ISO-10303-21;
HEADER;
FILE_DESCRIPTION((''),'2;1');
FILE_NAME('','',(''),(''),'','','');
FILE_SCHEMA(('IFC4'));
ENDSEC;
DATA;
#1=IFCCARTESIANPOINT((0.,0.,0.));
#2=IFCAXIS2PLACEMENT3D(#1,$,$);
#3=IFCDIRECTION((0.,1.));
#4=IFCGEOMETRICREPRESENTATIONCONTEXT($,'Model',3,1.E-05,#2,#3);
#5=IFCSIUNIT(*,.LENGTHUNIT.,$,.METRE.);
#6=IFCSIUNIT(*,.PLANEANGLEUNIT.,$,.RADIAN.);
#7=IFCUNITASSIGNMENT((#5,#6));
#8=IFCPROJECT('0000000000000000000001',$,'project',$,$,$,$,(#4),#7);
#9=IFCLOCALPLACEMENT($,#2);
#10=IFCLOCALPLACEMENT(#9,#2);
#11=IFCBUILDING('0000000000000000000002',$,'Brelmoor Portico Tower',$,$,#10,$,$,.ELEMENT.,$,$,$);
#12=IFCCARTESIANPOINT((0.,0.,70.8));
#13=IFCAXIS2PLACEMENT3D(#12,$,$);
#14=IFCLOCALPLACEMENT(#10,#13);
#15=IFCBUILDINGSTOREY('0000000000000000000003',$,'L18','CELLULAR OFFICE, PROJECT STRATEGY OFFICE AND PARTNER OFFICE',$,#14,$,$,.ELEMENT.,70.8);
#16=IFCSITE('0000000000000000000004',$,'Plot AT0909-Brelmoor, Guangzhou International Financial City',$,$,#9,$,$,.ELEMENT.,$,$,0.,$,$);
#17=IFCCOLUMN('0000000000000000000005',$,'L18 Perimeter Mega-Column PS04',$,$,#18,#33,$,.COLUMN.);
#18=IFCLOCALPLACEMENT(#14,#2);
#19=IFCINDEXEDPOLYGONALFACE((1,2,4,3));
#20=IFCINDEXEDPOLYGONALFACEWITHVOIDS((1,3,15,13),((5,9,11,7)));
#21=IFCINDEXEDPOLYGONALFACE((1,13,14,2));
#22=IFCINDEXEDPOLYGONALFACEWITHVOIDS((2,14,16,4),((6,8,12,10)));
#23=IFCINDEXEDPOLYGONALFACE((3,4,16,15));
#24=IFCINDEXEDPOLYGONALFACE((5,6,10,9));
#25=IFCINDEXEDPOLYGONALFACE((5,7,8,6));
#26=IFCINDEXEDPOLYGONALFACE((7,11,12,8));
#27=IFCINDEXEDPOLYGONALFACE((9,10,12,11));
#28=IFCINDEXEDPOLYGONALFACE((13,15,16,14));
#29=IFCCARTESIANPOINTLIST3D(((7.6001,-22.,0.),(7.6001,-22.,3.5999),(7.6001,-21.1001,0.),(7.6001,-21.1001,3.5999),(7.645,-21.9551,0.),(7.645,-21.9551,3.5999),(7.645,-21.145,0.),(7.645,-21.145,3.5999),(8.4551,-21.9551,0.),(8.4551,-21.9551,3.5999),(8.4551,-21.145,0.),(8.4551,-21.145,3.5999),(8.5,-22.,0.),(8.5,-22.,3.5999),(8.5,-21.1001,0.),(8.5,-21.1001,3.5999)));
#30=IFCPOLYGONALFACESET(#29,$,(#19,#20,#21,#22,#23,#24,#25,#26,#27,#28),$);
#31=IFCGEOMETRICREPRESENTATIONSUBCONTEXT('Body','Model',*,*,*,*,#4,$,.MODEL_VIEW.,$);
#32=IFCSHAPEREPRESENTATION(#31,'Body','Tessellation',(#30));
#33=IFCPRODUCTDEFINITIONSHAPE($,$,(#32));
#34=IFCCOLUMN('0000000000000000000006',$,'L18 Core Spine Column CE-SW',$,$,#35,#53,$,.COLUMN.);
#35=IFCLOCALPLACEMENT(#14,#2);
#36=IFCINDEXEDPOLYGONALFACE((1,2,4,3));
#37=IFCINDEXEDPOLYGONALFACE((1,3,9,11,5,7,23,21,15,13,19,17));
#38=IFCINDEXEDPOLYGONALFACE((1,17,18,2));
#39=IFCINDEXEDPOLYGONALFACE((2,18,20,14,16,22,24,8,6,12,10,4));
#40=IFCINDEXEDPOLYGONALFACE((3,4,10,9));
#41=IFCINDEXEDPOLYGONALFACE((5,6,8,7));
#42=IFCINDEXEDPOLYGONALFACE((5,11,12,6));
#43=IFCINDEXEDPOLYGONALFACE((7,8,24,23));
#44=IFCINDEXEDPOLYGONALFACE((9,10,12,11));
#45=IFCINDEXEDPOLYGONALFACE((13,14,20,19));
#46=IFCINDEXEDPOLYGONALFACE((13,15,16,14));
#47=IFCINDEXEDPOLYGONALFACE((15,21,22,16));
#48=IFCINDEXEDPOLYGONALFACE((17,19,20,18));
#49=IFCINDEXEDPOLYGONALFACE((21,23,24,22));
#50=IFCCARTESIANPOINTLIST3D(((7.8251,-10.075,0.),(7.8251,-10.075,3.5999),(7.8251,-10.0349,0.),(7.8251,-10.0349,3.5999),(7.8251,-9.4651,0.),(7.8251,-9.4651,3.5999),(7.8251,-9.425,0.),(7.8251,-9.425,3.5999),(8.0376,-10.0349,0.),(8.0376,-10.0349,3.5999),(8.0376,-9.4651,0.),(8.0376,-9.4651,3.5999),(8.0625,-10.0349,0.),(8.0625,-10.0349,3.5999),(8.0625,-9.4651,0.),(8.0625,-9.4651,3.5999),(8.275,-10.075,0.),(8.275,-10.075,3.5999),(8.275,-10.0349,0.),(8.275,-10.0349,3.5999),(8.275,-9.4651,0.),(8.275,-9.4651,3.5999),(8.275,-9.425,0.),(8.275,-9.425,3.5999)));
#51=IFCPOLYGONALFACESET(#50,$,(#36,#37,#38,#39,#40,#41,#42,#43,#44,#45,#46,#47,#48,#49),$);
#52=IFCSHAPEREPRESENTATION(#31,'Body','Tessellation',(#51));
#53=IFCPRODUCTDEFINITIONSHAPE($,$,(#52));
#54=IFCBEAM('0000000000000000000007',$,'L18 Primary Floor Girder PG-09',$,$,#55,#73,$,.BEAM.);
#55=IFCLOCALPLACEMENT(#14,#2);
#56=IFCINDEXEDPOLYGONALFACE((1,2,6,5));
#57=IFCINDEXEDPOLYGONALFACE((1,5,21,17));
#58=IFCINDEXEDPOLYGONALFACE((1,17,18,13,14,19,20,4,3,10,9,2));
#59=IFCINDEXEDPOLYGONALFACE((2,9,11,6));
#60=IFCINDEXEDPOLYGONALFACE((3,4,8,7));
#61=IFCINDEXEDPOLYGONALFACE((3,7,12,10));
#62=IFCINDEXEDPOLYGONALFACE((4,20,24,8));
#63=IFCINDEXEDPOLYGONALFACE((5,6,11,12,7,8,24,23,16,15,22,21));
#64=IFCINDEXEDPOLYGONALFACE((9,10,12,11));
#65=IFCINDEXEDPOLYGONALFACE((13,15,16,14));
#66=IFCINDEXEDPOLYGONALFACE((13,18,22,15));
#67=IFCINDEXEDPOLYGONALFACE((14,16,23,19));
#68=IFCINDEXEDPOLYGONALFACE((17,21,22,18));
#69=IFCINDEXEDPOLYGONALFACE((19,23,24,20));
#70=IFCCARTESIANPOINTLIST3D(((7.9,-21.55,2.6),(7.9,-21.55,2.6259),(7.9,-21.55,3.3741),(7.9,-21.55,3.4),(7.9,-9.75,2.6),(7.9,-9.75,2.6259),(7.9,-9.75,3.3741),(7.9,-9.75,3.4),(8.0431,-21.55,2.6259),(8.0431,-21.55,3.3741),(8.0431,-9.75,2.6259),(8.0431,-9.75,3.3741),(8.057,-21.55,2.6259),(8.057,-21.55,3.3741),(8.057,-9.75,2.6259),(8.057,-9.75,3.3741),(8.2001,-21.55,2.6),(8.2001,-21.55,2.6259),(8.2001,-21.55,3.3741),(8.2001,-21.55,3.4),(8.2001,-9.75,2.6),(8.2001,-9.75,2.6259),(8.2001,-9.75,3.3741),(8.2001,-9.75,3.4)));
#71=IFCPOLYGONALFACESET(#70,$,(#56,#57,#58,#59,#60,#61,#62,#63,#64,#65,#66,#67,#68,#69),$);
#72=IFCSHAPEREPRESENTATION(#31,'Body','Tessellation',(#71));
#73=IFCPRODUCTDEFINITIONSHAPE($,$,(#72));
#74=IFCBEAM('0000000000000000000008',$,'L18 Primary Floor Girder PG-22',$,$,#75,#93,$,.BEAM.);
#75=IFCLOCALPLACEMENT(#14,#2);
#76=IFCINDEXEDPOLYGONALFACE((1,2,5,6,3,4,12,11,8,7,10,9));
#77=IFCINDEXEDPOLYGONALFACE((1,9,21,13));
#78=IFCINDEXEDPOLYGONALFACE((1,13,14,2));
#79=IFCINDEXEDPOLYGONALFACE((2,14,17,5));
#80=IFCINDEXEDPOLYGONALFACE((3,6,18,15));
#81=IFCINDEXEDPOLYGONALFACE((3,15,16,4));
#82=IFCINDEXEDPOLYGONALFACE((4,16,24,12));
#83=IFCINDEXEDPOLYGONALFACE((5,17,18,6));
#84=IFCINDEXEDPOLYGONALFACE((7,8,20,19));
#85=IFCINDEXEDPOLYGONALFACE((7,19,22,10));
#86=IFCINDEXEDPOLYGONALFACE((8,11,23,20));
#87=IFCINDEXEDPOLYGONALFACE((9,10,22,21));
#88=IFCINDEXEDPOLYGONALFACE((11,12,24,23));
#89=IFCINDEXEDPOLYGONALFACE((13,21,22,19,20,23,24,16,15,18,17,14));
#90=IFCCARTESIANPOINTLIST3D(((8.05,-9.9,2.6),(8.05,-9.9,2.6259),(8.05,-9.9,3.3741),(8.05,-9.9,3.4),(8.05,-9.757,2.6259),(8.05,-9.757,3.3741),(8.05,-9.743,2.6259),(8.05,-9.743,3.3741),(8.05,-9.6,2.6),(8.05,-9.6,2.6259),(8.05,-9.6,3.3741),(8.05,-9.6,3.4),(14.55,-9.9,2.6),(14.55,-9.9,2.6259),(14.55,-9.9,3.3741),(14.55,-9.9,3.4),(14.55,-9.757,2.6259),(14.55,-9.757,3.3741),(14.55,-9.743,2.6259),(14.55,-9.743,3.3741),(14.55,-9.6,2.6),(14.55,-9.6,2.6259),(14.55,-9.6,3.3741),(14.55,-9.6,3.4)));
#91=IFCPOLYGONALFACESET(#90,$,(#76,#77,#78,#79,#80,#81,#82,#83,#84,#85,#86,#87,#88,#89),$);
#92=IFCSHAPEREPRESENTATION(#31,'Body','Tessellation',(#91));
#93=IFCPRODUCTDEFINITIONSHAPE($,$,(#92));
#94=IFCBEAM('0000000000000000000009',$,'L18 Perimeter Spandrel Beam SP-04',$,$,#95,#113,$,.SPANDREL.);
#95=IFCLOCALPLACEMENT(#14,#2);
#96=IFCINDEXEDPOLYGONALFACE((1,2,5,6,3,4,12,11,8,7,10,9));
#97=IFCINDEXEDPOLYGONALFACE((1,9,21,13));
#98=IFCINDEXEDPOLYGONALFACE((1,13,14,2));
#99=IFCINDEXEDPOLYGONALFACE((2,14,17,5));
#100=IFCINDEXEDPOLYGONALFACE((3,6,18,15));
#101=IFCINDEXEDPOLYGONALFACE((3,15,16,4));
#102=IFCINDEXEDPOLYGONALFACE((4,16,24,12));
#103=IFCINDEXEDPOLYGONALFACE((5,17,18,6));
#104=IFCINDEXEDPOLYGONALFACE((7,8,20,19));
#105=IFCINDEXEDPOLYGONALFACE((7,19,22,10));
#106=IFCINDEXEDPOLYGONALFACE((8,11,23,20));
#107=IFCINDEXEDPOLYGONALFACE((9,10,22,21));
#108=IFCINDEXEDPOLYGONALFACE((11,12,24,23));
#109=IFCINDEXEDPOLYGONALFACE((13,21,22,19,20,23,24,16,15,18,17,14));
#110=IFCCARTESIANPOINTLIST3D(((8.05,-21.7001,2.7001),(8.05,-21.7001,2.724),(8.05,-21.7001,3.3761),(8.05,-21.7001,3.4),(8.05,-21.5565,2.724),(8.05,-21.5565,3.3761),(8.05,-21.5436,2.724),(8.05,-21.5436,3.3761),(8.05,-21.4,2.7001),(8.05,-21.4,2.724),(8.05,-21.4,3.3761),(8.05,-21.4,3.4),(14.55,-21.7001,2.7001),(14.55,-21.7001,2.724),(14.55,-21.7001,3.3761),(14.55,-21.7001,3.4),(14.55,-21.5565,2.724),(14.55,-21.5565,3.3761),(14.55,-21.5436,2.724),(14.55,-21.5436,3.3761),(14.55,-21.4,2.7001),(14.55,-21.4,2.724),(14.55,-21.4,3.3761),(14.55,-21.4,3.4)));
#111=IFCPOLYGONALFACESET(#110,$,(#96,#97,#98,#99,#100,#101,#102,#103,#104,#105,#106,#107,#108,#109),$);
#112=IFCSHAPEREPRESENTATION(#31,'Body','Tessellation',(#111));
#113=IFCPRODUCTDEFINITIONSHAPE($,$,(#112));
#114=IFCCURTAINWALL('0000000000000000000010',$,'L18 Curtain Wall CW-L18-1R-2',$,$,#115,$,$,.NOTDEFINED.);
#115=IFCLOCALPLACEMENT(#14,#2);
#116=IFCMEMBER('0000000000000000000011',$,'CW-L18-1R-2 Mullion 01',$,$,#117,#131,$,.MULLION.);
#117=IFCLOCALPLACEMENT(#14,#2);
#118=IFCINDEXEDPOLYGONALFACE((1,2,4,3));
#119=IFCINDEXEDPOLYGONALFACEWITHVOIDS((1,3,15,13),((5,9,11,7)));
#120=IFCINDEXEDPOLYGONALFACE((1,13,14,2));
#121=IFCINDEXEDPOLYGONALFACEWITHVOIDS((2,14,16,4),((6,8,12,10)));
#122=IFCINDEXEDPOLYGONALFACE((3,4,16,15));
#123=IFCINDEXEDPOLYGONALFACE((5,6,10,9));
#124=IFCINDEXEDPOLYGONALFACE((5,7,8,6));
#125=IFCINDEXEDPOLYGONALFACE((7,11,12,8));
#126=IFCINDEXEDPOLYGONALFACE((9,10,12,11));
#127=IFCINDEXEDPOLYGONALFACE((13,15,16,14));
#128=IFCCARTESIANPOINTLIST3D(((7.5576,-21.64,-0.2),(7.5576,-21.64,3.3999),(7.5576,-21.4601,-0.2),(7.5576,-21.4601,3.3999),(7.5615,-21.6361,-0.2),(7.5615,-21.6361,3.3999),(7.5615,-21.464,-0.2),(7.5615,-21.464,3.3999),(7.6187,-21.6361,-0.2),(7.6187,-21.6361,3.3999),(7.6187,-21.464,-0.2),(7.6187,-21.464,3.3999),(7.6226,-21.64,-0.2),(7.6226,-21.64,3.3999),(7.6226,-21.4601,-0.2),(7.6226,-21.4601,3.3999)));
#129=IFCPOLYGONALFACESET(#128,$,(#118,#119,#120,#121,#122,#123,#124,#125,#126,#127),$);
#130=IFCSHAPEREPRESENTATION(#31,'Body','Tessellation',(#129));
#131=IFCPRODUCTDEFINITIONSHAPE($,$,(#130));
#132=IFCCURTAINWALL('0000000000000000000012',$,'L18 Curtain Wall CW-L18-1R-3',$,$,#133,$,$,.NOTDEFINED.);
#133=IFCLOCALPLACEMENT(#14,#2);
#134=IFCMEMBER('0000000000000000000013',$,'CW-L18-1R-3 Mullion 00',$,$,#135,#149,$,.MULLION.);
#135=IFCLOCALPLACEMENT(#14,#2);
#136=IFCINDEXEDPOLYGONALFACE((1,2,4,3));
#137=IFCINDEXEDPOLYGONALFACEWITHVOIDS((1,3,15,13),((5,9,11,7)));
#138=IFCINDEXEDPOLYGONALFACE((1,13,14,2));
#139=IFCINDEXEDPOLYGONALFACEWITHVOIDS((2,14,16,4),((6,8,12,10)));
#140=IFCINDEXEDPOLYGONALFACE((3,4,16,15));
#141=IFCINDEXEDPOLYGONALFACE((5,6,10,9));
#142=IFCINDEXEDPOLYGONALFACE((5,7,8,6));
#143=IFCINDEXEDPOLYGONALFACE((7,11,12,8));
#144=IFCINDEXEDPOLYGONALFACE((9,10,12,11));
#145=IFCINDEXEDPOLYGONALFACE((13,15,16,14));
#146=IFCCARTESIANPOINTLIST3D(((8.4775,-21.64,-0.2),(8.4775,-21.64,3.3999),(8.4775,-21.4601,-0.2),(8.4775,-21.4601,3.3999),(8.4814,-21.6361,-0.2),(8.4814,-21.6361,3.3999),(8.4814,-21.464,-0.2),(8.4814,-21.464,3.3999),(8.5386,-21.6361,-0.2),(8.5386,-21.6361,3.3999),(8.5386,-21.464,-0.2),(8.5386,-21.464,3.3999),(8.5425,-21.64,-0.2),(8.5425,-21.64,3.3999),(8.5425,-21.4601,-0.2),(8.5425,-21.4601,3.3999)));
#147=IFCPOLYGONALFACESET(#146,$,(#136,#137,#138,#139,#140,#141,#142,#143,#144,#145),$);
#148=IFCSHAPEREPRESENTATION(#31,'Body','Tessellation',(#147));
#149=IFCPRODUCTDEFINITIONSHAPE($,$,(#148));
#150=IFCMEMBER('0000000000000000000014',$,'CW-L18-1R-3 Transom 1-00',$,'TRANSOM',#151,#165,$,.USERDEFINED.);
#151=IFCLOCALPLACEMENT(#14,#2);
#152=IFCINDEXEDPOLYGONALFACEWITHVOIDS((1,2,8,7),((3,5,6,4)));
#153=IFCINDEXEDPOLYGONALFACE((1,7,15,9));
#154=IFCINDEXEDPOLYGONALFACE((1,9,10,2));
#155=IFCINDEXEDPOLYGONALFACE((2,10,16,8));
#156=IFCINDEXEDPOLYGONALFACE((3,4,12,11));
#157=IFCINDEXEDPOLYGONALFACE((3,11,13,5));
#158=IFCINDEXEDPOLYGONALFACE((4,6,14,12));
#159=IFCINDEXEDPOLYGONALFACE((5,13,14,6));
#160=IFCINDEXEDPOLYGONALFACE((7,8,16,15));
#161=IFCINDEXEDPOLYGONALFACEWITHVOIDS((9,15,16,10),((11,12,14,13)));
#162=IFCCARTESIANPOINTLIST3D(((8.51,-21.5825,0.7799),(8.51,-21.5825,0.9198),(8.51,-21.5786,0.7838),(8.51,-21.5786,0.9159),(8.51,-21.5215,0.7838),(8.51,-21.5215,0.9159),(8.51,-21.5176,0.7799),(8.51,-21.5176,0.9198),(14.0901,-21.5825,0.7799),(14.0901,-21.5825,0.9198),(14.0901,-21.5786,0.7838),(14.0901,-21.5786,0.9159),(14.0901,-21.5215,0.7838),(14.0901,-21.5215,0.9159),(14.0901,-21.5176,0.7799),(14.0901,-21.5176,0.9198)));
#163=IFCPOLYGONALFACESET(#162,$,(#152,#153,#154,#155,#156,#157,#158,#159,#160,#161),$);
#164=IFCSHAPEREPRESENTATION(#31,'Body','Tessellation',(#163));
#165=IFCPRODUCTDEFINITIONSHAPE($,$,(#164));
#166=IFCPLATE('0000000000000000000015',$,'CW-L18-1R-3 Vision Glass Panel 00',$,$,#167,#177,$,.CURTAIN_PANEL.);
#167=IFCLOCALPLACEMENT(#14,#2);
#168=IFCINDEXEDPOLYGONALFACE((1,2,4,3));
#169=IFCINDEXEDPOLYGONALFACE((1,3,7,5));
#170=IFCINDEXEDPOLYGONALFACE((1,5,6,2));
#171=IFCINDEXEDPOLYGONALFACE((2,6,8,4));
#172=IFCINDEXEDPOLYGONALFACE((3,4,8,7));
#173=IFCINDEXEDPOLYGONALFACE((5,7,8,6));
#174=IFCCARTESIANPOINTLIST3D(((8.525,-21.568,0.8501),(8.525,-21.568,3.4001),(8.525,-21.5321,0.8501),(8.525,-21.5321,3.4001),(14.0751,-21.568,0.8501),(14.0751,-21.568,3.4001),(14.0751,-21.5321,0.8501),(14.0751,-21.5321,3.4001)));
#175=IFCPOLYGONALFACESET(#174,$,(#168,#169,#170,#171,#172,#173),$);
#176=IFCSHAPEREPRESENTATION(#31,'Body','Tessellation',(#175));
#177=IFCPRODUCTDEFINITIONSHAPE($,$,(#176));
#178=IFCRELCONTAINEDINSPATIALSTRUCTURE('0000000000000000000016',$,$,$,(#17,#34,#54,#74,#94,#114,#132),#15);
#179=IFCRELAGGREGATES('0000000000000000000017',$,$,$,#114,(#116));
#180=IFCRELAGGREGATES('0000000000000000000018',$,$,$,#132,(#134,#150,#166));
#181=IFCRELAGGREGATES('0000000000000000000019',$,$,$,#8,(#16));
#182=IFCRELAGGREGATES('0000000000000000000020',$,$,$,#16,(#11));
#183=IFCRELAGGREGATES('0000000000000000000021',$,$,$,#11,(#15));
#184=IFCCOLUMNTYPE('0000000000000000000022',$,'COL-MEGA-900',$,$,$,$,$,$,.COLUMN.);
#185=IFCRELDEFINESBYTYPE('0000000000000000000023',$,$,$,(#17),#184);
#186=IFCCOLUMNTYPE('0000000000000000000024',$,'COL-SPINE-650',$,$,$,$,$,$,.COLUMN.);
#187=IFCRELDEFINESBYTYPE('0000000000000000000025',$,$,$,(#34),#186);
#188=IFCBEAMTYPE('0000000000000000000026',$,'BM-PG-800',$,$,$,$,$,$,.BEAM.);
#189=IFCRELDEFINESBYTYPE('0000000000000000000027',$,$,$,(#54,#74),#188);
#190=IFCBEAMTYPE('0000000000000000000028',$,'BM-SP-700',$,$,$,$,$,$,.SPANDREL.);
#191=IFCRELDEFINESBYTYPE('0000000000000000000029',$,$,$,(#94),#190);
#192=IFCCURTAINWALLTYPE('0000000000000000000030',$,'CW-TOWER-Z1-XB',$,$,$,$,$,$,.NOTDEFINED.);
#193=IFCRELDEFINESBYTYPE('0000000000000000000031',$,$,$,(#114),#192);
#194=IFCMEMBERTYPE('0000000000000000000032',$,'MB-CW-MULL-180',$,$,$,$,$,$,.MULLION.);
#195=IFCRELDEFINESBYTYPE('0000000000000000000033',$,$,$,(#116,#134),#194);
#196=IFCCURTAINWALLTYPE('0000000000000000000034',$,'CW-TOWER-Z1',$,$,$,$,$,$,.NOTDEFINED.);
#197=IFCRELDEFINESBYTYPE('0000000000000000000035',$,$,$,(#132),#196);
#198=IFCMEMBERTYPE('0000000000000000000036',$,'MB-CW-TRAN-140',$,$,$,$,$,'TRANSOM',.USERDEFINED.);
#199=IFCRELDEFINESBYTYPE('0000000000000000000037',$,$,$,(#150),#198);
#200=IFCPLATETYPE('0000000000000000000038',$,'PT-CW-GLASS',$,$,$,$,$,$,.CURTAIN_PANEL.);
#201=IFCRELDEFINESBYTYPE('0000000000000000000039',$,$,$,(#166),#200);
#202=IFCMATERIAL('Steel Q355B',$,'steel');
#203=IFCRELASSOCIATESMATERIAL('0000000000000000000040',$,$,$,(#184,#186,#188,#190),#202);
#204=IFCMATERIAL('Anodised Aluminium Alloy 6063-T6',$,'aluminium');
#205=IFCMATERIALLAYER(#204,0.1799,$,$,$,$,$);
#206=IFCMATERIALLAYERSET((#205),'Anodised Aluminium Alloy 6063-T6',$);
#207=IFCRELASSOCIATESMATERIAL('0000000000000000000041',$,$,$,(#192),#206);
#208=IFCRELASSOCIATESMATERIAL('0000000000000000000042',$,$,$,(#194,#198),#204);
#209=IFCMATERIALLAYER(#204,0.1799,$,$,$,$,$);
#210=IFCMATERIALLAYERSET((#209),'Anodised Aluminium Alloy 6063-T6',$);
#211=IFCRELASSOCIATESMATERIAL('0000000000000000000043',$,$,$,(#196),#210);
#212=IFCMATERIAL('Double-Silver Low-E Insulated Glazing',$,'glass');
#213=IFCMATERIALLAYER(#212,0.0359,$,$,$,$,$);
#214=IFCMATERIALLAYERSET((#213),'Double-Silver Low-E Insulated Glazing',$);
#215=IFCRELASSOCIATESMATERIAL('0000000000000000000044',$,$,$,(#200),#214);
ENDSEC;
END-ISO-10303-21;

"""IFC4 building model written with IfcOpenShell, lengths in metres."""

from ifc_helpers import new_model, si_unit, direction, frame, origin, origin_2d, place, context, subcontext, project, spatial, rectangle, hollow_rectangle, i_section, extrude, material, layer, layer_set, material_profile, profile_set, type_object, element, aggregate, save


model = new_model("IFC4")

# Units and contexts
model_context = context("Model", 3, precision=1e-05, world=origin(), true_north=direction((0.0, 1.0)))
body_context = subcontext(model_context, "Body", "Model", "MODEL_VIEW")
ifc_project = project(units=[si_unit("LENGTHUNIT", "METRE"), si_unit("PLANEANGLEUNIT", "RADIAN")], contexts=[model_context])

# Site, building, storey
site_placement = place(None, origin())
site = spatial("IfcSite", under=ifc_project, at=site_placement, Name="Plot AT0909-Brelmoor, Guangzhou International Financial City", CompositionType="ELEMENT", RefElevation=0.0)
building_placement = place(site_placement, origin())
building = spatial("IfcBuilding", under=site, at=building_placement, Name="Brelmoor Portico Tower", CompositionType="ELEMENT")
storey_placement = place(building_placement, frame((0.0, 0.0, 70.8)))
storey = spatial("IfcBuildingStorey", under=building, at=storey_placement, Name="L18", Description="CELLULAR OFFICE, PROJECT STRATEGY OFFICE AND PARTNER OFFICE", CompositionType="ELEMENT", Elevation=70.8)

# Columns
ifc_material_1 = material(Name="Steel Q355B", Category="steel")
ifc_material_profile_1 = material_profile(ifc_material_1, hollow_rectangle(XDim=0.8999, YDim=0.8999, WallThickness=0.0449, at=origin_2d()), Name="BOX 900x900x45")
ifc_profile_set_1 = profile_set([ifc_material_profile_1], Name="Steel Q355B")
column_type_1 = type_object("IfcColumnType", Name="COL-MEGA-900", PredefinedType="COLUMN", material=ifc_profile_set_1)
column_1_placement = place(storey_placement, frame((8.05, -21.55, 0.0), z_axis=(0.0, 0.0, 1.0), x_axis=(1.0, 0.0, 0.0)))
element("IfcColumn", 1, at=column_1_placement, inside=storey, type_object=column_type_1, Name="L18 Perimeter Mega-Column PS04", PredefinedType="COLUMN", context=body_context, shape_type="SweptSolid", body=[
    extrude(hollow_rectangle(XDim=0.8999, YDim=0.8999, WallThickness=0.0449, at=origin_2d()), origin(), (0.0, 0.0, 1.0), 3.5999),
])
ifc_material_profile_2 = material_profile(ifc_material_1, i_section(OverallWidth=0.45, OverallDepth=0.6499, WebThickness=0.0249, FlangeThickness=0.04, at=origin_2d()), Name="HW 650x450x25x40")
ifc_profile_set_2 = profile_set([ifc_material_profile_2], Name="Steel Q355B")
column_type_2 = type_object("IfcColumnType", Name="COL-SPINE-650", PredefinedType="COLUMN", material=ifc_profile_set_2)
column_2_placement = place(storey_placement, frame((8.05, -9.75, 0.0), z_axis=(0.0, 0.0, 1.0), x_axis=(1.0, 0.0, 0.0)))
element("IfcColumn", 2, at=column_2_placement, inside=storey, type_object=column_type_2, Name="L18 Core Spine Column CE-SW", PredefinedType="COLUMN", context=body_context, shape_type="SweptSolid", body=[
    extrude(i_section(OverallWidth=0.45, OverallDepth=0.6499, WebThickness=0.0249, FlangeThickness=0.04, at=origin_2d()), origin(), (0.0, 0.0, 1.0), 3.5999),
])

# Beams
ifc_material_profile_3 = material_profile(ifc_material_1, i_section(OverallWidth=0.3, OverallDepth=0.8, WebThickness=0.0139, FlangeThickness=0.0259, at=origin_2d()), Name="HN 800x300x14x26")
ifc_profile_set_3 = profile_set([ifc_material_profile_3], Name="Steel Q355B")
beam_type_1 = type_object("IfcBeamType", Name="BM-PG-800", PredefinedType="BEAM", material=ifc_profile_set_3)
beam_1_placement = place(storey_placement, frame((8.05, -21.55, 3.0), z_axis=(0.0, 1.0, 0.0), x_axis=(-1.0, 0.0, 0.0)))
element("IfcBeam", 3, at=beam_1_placement, inside=storey, type_object=beam_type_1, Name="L18 Primary Floor Girder PG-09", PredefinedType="BEAM", context=body_context, shape_type="SweptSolid", body=[
    extrude(i_section(OverallWidth=0.3, OverallDepth=0.8, WebThickness=0.0139, FlangeThickness=0.0259, at=origin_2d()), origin(), (0.0, 0.0, 1.0), 11.8),
])
beam_2_placement = place(storey_placement, frame((8.05, -9.75, 3.0), z_axis=(1.0, 0.0, 0.0), x_axis=(0.0, 1.0, 0.0)))
element("IfcBeam", 4, at=beam_2_placement, inside=storey, type_object=beam_type_1, Name="L18 Primary Floor Girder PG-22", PredefinedType="BEAM", context=body_context, shape_type="SweptSolid", body=[
    extrude(i_section(OverallWidth=0.3, OverallDepth=0.8, WebThickness=0.0139, FlangeThickness=0.0259, at=origin_2d()), origin(), (0.0, 0.0, 1.0), 6.5),
])
ifc_material_profile_4 = material_profile(ifc_material_1, i_section(OverallWidth=0.3, OverallDepth=0.7, WebThickness=0.0129, FlangeThickness=0.0239, at=origin_2d()), Name="HN 700x300x13x24")
ifc_profile_set_4 = profile_set([ifc_material_profile_4], Name="Steel Q355B")
beam_type_2 = type_object("IfcBeamType", Name="BM-SP-700", PredefinedType="SPANDREL", material=ifc_profile_set_4)
beam_3_placement = place(storey_placement, frame((8.05, -21.55, 3.05), z_axis=(1.0, 0.0, 0.0), x_axis=(0.0, 1.0, 0.0)))
element("IfcBeam", 5, at=beam_3_placement, inside=storey, type_object=beam_type_2, Name="L18 Perimeter Spandrel Beam SP-04", PredefinedType="SPANDREL", context=body_context, shape_type="SweptSolid", body=[
    extrude(i_section(OverallWidth=0.3, OverallDepth=0.7, WebThickness=0.0129, FlangeThickness=0.0239, at=origin_2d()), origin(), (0.0, 0.0, 1.0), 6.5),
])

# Curtain wall, member
ifc_material_2 = material(Name="Anodised Aluminium Alloy 6063-T6", Category="aluminium")
ifc_layer_1 = layer(ifc_material_2, 0.1799)
ifc_layer_set_1 = layer_set([ifc_layer_1], Name="Anodised Aluminium Alloy 6063-T6")
curtain_wall_type_1 = type_object("IfcCurtainWallType", Name="CW-TOWER-Z1-XB", PredefinedType="NOTDEFINED", material=ifc_layer_set_1)
curtain_wall_1_placement = place(storey_placement, origin())
curtain_wall_1 = element("IfcCurtainWall", 6, at=curtain_wall_1_placement, inside=storey, type_object=curtain_wall_type_1, Name="L18 Curtain Wall CW-L18-1R-2", PredefinedType="NOTDEFINED")
ifc_material_profile_5 = material_profile(ifc_material_2, hollow_rectangle(XDim=0.0649, YDim=0.1799, WallThickness=0.0039, at=origin_2d()), Name="ALU MULLION 65x180")
ifc_profile_set_5 = profile_set([ifc_material_profile_5], Name="Anodised Aluminium Alloy 6063-T6")
member_type_1 = type_object("IfcMemberType", Name="MB-CW-MULL-180", PredefinedType="MULLION", material=ifc_profile_set_5)
member_1_placement = place(storey_placement, frame((7.5901, -21.55, -0.2), z_axis=(0.0, 0.0, 1.0), x_axis=(1.0, 0.0, 0.0)))
member_1 = element("IfcMember", 7, at=member_1_placement, type_object=member_type_1, Name="CW-L18-1R-2 Mullion 01", PredefinedType="MULLION", context=body_context, shape_type="SweptSolid", body=[
    extrude(hollow_rectangle(XDim=0.0649, YDim=0.1799, WallThickness=0.0039, at=origin_2d()), origin(), (0.0, 0.0, 1.0), 3.5999),
])

# Curtain wall, members, plate
ifc_layer_2 = layer(ifc_material_2, 0.1799)
ifc_layer_set_2 = layer_set([ifc_layer_2], Name="Anodised Aluminium Alloy 6063-T6")
curtain_wall_type_2 = type_object("IfcCurtainWallType", Name="CW-TOWER-Z1", PredefinedType="NOTDEFINED", material=ifc_layer_set_2)
curtain_wall_2_placement = place(storey_placement, origin())
curtain_wall_2 = element("IfcCurtainWall", 8, at=curtain_wall_2_placement, inside=storey, type_object=curtain_wall_type_2, Name="L18 Curtain Wall CW-L18-1R-3", PredefinedType="NOTDEFINED")
member_2_placement = place(storey_placement, frame((8.51, -21.55, -0.2), z_axis=(0.0, 0.0, 1.0), x_axis=(1.0, 0.0, 0.0)))
member_2 = element("IfcMember", 9, at=member_2_placement, type_object=member_type_1, Name="CW-L18-1R-3 Mullion 00", PredefinedType="MULLION", context=body_context, shape_type="SweptSolid", body=[
    extrude(hollow_rectangle(XDim=0.0649, YDim=0.1799, WallThickness=0.0039, at=origin_2d()), origin(), (0.0, 0.0, 1.0), 3.5999),
])
ifc_material_profile_6 = material_profile(ifc_material_2, hollow_rectangle(XDim=0.0649, YDim=0.1399, WallThickness=0.0039, at=origin_2d()), Name="ALU TRANSOM 65x140")
ifc_profile_set_6 = profile_set([ifc_material_profile_6], Name="Anodised Aluminium Alloy 6063-T6")
member_type_2 = type_object("IfcMemberType", Name="MB-CW-TRAN-140", ElementType="TRANSOM", PredefinedType="USERDEFINED", material=ifc_profile_set_6)
member_3_placement = place(storey_placement, frame((8.51, -21.55, 0.8499), z_axis=(1.0, 0.0, 0.0), x_axis=(0.0, 1.0, 0.0)))
member_3 = element("IfcMember", 10, at=member_3_placement, type_object=member_type_2, Name="CW-L18-1R-3 Transom 1-00", ObjectType="TRANSOM", PredefinedType="USERDEFINED", context=body_context, shape_type="SweptSolid", body=[
    extrude(hollow_rectangle(XDim=0.0649, YDim=0.1399, WallThickness=0.0039, at=origin_2d()), origin(), (0.0, 0.0, 1.0), 5.5801),
])
ifc_material_3 = material(Name="Double-Silver Low-E Insulated Glazing", Category="glass")
ifc_layer_3 = layer(ifc_material_3, 0.0359)
ifc_layer_set_3 = layer_set([ifc_layer_3], Name="Double-Silver Low-E Insulated Glazing")
plate_type_1 = type_object("IfcPlateType", Name="PT-CW-GLASS", PredefinedType="CURTAIN_PANEL", material=ifc_layer_set_3)
plate_1_placement = place(storey_placement, frame((11.3, -21.55, 0.8501), z_axis=(0.0, 0.0, 1.0), x_axis=(1.0, 0.0, 0.0)))
plate_1 = element("IfcPlate", 11, at=plate_1_placement, type_object=plate_type_1, Name="CW-L18-1R-3 Vision Glass Panel 00", PredefinedType="CURTAIN_PANEL", context=body_context, shape_type="SweptSolid", body=[
    extrude(rectangle(XDim=5.55, YDim=0.0359, at=origin_2d()), origin(), (0.0, 0.0, 1.0), 2.55),
])

aggregate(curtain_wall_1, [member_1])
aggregate(curtain_wall_2, [member_2, member_3, plate_1])

save(model, "model.ifc")
